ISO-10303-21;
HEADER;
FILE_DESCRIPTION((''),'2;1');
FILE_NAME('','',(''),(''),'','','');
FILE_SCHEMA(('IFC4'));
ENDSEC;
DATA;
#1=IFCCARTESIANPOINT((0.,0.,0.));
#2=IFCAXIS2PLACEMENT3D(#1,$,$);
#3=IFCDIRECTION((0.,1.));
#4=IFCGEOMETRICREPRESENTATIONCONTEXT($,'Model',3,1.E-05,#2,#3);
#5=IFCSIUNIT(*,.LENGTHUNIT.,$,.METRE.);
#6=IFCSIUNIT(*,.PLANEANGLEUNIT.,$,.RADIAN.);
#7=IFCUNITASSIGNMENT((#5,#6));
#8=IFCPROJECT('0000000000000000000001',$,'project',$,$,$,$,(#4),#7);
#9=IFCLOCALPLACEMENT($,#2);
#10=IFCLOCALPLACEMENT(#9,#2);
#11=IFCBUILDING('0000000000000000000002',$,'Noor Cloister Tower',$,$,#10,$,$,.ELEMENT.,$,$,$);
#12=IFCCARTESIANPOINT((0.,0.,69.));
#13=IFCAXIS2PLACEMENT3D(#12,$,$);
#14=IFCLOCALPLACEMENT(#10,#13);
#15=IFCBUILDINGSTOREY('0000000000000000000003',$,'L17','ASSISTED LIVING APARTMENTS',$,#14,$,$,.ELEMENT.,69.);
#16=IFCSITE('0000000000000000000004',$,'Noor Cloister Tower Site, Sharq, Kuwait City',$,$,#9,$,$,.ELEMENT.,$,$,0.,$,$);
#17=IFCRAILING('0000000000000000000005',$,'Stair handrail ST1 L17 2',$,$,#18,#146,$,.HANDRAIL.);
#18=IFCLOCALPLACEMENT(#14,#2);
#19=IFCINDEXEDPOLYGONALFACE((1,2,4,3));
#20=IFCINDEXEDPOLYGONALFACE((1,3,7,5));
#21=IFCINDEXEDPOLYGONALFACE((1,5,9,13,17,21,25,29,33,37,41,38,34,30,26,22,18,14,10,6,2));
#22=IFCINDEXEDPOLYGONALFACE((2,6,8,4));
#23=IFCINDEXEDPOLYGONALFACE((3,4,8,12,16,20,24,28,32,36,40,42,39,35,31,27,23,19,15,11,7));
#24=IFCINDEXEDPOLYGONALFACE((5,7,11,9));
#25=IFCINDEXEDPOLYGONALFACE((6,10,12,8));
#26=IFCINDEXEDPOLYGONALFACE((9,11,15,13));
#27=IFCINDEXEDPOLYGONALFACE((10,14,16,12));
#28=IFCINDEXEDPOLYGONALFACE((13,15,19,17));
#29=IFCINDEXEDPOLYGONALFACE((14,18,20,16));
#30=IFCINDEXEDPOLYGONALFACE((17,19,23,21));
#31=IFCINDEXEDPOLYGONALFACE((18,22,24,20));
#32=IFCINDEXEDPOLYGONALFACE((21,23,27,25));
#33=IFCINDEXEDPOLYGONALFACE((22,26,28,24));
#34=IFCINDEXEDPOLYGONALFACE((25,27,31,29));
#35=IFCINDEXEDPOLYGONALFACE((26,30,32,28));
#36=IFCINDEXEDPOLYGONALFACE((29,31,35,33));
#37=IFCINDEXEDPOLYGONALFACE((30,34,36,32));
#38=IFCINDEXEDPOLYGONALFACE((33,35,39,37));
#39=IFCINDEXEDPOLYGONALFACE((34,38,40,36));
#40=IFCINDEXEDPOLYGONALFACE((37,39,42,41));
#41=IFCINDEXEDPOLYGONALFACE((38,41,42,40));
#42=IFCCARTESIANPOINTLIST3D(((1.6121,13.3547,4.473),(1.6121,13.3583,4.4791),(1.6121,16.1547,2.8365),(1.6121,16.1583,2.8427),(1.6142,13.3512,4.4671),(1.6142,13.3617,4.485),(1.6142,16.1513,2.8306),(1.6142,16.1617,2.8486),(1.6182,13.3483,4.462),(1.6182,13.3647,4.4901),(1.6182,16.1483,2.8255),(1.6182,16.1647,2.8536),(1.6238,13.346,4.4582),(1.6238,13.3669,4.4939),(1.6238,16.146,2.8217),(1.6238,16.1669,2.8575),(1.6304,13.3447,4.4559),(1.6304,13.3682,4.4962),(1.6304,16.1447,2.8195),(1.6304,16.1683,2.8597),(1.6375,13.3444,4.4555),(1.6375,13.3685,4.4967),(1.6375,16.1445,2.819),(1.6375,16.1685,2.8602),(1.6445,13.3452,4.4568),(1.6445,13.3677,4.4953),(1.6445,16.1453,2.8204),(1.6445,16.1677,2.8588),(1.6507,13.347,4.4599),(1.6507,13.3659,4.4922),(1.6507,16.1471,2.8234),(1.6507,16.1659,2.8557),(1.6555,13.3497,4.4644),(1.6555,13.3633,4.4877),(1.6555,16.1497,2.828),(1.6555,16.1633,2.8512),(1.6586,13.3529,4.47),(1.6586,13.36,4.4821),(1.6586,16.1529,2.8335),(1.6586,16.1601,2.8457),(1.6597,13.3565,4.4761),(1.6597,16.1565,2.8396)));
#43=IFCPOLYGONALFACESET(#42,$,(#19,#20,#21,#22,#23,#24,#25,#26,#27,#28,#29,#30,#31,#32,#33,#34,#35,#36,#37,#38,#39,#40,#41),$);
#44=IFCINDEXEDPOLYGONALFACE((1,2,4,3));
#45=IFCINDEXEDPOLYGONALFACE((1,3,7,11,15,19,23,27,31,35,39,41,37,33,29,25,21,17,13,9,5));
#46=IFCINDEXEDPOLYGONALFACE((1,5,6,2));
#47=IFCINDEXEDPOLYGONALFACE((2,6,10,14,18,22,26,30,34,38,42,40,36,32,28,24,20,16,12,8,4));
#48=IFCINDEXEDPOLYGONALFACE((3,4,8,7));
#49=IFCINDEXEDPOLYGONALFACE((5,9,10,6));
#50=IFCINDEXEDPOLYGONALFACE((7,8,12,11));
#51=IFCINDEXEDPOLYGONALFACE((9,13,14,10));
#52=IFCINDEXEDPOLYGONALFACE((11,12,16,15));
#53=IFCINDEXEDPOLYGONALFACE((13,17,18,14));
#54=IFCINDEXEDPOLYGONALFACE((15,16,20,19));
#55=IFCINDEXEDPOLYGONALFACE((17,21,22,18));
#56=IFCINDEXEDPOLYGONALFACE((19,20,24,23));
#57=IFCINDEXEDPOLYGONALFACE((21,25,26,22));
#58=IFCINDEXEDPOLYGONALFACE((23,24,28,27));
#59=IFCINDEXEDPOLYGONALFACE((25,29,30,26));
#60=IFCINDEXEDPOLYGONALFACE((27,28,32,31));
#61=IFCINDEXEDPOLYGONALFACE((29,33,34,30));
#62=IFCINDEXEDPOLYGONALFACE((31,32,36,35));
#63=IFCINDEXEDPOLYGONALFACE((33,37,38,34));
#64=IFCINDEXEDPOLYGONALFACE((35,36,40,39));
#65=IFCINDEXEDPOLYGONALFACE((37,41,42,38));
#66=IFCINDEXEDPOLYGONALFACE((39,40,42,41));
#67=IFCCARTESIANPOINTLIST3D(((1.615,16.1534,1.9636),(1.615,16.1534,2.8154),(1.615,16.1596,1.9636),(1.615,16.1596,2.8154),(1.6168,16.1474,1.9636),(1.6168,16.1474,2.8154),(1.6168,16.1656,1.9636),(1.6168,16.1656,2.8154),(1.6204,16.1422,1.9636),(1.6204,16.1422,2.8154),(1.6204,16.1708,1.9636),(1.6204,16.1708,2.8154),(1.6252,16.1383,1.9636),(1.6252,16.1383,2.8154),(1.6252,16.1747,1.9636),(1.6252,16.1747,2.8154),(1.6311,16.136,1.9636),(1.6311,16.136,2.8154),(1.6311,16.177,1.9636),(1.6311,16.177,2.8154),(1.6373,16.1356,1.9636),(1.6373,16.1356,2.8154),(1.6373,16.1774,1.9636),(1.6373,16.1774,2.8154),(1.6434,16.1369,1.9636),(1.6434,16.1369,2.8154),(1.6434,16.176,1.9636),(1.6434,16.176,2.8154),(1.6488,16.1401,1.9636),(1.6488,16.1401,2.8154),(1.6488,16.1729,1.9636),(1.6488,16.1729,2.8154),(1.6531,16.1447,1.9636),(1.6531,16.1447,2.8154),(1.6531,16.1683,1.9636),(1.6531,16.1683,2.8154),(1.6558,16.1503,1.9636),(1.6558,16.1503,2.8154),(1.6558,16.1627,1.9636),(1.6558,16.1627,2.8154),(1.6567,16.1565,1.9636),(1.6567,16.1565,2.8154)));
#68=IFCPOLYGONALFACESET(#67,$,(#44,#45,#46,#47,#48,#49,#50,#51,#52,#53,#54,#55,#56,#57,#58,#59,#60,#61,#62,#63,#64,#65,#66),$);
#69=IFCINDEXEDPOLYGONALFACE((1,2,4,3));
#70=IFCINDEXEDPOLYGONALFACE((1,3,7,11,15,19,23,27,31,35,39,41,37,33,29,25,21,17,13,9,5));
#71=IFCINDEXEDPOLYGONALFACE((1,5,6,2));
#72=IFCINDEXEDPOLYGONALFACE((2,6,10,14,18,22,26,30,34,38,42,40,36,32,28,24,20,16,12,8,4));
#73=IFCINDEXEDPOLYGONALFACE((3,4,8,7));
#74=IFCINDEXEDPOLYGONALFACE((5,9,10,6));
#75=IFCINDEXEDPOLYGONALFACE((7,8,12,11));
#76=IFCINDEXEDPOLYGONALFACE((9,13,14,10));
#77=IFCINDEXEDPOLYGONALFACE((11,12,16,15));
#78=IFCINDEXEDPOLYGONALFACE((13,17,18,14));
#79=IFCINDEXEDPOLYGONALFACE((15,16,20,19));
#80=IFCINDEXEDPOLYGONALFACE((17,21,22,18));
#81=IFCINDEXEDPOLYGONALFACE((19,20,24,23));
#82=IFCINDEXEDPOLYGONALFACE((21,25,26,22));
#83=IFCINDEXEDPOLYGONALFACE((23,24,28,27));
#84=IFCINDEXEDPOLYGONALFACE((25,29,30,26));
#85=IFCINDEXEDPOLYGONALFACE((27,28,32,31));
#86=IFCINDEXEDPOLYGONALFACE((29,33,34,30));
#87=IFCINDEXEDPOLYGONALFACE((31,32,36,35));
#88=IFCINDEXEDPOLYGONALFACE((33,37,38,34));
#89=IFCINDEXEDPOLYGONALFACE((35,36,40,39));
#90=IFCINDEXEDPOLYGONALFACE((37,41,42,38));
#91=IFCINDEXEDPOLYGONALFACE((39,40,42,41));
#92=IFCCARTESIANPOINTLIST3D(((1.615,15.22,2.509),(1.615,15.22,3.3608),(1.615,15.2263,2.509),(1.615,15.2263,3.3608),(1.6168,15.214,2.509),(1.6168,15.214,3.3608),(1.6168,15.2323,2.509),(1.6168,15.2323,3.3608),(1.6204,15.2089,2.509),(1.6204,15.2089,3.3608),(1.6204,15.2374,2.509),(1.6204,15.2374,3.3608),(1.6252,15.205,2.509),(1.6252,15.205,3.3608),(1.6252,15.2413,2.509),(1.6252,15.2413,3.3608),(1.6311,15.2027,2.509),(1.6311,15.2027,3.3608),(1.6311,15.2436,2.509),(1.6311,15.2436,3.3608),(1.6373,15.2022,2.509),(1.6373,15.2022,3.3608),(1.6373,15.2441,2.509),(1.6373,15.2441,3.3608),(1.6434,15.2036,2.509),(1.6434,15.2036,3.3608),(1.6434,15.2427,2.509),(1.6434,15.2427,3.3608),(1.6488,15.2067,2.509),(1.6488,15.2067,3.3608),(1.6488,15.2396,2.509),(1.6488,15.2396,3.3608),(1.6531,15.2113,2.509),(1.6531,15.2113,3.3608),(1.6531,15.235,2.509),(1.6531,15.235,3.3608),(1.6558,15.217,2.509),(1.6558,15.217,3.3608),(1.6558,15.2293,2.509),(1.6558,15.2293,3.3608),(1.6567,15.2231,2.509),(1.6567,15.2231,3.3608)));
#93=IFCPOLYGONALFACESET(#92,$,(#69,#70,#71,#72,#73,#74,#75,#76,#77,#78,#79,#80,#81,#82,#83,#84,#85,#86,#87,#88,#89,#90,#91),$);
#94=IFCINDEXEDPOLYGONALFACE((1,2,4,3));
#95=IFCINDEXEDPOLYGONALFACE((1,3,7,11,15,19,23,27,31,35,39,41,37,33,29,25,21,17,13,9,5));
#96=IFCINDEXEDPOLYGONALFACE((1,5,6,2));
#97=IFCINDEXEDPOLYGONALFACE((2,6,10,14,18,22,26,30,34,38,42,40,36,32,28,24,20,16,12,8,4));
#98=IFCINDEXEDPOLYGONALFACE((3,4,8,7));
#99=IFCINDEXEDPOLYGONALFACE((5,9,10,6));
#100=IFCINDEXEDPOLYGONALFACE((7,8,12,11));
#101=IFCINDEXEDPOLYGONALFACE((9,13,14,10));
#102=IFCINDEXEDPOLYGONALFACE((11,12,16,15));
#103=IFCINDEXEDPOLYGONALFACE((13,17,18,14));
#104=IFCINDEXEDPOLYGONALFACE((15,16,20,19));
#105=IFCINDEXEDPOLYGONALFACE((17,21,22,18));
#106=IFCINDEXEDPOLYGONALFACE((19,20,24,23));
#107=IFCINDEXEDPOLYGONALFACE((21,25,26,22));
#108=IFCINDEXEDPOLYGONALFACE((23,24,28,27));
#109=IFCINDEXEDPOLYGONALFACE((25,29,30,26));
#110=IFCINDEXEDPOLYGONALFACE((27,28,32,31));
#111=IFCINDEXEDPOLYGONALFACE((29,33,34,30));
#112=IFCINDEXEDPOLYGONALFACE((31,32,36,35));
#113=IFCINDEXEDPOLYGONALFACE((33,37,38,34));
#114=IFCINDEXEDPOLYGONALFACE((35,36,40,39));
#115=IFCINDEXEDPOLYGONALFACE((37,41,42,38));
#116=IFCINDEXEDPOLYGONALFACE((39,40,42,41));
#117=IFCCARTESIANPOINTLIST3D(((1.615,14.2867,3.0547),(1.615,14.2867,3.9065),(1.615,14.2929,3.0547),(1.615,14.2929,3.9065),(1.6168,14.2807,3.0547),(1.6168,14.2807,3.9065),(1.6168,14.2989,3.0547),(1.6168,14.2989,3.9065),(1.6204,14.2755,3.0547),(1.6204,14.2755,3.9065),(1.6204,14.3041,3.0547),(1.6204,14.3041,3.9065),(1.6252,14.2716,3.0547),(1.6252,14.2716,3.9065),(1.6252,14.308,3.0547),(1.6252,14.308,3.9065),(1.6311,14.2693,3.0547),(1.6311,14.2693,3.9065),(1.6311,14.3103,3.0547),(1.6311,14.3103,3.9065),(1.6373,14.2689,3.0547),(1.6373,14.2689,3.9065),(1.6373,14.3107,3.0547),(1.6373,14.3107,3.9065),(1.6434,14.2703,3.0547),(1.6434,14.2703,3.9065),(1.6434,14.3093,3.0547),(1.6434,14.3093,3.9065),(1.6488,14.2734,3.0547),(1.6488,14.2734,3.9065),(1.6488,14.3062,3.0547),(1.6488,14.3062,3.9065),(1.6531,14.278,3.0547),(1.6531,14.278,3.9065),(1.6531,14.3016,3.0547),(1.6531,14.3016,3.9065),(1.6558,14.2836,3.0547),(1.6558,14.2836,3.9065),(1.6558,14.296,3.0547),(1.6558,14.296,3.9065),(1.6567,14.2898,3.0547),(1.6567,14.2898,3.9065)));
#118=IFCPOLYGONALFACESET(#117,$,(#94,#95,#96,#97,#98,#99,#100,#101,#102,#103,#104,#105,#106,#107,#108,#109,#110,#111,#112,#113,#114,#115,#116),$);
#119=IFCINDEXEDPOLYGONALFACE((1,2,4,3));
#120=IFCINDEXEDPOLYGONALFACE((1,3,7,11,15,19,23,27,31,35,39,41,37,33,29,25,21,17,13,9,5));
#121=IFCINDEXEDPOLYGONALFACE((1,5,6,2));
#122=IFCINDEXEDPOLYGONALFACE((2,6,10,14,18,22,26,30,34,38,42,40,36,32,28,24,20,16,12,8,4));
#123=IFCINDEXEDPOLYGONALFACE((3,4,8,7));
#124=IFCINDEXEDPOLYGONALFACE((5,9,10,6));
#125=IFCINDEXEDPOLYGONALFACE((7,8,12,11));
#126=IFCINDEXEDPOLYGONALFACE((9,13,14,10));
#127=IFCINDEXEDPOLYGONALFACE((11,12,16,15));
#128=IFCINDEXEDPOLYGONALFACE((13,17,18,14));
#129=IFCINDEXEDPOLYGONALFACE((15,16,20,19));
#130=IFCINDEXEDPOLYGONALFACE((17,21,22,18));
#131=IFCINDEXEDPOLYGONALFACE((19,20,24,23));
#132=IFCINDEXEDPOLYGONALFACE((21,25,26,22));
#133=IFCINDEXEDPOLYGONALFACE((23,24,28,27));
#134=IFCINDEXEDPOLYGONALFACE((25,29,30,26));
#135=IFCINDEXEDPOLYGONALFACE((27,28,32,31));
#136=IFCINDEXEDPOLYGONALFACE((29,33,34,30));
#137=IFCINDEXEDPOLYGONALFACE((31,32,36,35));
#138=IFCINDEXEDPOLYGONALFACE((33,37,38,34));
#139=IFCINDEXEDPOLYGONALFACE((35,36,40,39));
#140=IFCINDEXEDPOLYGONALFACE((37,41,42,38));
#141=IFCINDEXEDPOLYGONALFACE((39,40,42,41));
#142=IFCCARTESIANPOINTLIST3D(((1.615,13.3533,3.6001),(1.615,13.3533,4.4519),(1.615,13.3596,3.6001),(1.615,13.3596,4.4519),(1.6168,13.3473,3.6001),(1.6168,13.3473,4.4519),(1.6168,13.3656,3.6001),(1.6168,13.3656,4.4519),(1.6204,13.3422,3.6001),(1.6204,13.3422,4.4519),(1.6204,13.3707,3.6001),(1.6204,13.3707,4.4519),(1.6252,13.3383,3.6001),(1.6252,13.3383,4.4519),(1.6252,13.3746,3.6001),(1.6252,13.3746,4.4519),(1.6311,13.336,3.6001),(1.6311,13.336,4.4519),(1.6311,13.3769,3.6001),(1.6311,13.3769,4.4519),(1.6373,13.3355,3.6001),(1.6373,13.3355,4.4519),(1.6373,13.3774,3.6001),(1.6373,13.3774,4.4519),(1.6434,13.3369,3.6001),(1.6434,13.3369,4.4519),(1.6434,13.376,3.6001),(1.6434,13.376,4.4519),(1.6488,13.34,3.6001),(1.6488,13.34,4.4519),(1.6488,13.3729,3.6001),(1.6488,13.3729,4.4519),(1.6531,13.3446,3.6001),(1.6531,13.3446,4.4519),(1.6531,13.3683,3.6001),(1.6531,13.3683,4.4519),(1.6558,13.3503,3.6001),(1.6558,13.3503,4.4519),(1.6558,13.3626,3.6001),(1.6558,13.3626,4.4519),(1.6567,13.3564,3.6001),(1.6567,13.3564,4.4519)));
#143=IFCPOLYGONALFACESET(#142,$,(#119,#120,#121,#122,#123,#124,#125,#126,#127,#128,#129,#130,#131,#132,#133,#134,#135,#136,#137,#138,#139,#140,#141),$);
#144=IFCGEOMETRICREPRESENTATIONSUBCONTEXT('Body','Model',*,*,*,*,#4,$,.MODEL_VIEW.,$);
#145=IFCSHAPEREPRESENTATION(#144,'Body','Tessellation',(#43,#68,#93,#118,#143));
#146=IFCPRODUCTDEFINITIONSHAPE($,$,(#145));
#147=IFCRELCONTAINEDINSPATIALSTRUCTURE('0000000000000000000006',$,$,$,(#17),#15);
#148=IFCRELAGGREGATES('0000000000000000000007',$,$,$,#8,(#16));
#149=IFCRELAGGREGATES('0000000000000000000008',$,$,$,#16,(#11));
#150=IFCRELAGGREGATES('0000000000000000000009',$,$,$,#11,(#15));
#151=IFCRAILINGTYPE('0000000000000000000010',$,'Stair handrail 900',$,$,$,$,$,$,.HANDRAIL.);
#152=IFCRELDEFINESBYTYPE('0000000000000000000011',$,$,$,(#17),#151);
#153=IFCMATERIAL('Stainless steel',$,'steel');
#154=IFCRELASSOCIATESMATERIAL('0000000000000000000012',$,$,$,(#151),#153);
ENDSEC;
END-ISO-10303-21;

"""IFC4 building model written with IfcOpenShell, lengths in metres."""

from ifc_helpers import new_model, si_unit, direction, frame, origin, origin_2d, place, context, subcontext, project, spatial, circle, extrude, material, type_object, element, save


model = new_model("IFC4")

# Units and contexts
model_context = context("Model", 3, precision=1e-05, world=origin(), true_north=direction((0.0, 1.0)))
body_context = subcontext(model_context, "Body", "Model", "MODEL_VIEW")
ifc_project = project(units=[si_unit("LENGTHUNIT", "METRE"), si_unit("PLANEANGLEUNIT", "RADIAN")], contexts=[model_context])

# Site, building, storey
site_placement = place(None, origin())
site = spatial("IfcSite", under=ifc_project, at=site_placement, Name="Noor Cloister Tower Site, Sharq, Kuwait City", CompositionType="ELEMENT", RefElevation=0.0)
building_placement = place(site_placement, origin())
building = spatial("IfcBuilding", under=site, at=building_placement, Name="Noor Cloister Tower", CompositionType="ELEMENT")
storey_placement = place(building_placement, frame((0.0, 0.0, 69.0)))
storey = spatial("IfcBuildingStorey", under=building, at=storey_placement, Name="L17", Description="ASSISTED LIVING APARTMENTS", CompositionType="ELEMENT", Elevation=69.0)

# Railing
ifc_material_1 = material(Name="Stainless steel", Category="steel")
railing_type_1 = type_object("IfcRailingType", Name="Stair handrail 900", PredefinedType="HANDRAIL", material=ifc_material_1)
railing_1_placement = place(storey_placement, frame((1.6357, 16.1565, 1.9636)))
element("IfcRailing", 1, at=railing_1_placement, inside=storey, type_object=railing_type_1, Name="Stair handrail ST1 L17 2", PredefinedType="HANDRAIL", context=body_context, shape_type="SweptSolid", body=[
    extrude(circle(Radius=0.0239, at=origin_2d()), frame((0.0, 0.0, 0.876), z_axis=(0.0, -0.863361, 0.504587), x_axis=(1.0, 0.0, 0.0)), (0.0, 0.0, 1.0), 3.2432),
    extrude(circle(Radius=0.021, at=origin_2d()), origin(), (0.0, 0.0, 1.0), 0.8518),
    extrude(circle(Radius=0.021, at=origin_2d()), frame((0.0, -0.9333, 0.5454)), (0.0, 0.0, 1.0), 0.8518),
    extrude(circle(Radius=0.021, at=origin_2d()), frame((0.0, -1.8667, 1.0911)), (0.0, 0.0, 1.0), 0.8518),
    extrude(circle(Radius=0.021, at=origin_2d()), frame((0.0, -2.8, 1.6365)), (0.0, 0.0, 1.0), 0.8518),
])

save(model, "model.ifc")
